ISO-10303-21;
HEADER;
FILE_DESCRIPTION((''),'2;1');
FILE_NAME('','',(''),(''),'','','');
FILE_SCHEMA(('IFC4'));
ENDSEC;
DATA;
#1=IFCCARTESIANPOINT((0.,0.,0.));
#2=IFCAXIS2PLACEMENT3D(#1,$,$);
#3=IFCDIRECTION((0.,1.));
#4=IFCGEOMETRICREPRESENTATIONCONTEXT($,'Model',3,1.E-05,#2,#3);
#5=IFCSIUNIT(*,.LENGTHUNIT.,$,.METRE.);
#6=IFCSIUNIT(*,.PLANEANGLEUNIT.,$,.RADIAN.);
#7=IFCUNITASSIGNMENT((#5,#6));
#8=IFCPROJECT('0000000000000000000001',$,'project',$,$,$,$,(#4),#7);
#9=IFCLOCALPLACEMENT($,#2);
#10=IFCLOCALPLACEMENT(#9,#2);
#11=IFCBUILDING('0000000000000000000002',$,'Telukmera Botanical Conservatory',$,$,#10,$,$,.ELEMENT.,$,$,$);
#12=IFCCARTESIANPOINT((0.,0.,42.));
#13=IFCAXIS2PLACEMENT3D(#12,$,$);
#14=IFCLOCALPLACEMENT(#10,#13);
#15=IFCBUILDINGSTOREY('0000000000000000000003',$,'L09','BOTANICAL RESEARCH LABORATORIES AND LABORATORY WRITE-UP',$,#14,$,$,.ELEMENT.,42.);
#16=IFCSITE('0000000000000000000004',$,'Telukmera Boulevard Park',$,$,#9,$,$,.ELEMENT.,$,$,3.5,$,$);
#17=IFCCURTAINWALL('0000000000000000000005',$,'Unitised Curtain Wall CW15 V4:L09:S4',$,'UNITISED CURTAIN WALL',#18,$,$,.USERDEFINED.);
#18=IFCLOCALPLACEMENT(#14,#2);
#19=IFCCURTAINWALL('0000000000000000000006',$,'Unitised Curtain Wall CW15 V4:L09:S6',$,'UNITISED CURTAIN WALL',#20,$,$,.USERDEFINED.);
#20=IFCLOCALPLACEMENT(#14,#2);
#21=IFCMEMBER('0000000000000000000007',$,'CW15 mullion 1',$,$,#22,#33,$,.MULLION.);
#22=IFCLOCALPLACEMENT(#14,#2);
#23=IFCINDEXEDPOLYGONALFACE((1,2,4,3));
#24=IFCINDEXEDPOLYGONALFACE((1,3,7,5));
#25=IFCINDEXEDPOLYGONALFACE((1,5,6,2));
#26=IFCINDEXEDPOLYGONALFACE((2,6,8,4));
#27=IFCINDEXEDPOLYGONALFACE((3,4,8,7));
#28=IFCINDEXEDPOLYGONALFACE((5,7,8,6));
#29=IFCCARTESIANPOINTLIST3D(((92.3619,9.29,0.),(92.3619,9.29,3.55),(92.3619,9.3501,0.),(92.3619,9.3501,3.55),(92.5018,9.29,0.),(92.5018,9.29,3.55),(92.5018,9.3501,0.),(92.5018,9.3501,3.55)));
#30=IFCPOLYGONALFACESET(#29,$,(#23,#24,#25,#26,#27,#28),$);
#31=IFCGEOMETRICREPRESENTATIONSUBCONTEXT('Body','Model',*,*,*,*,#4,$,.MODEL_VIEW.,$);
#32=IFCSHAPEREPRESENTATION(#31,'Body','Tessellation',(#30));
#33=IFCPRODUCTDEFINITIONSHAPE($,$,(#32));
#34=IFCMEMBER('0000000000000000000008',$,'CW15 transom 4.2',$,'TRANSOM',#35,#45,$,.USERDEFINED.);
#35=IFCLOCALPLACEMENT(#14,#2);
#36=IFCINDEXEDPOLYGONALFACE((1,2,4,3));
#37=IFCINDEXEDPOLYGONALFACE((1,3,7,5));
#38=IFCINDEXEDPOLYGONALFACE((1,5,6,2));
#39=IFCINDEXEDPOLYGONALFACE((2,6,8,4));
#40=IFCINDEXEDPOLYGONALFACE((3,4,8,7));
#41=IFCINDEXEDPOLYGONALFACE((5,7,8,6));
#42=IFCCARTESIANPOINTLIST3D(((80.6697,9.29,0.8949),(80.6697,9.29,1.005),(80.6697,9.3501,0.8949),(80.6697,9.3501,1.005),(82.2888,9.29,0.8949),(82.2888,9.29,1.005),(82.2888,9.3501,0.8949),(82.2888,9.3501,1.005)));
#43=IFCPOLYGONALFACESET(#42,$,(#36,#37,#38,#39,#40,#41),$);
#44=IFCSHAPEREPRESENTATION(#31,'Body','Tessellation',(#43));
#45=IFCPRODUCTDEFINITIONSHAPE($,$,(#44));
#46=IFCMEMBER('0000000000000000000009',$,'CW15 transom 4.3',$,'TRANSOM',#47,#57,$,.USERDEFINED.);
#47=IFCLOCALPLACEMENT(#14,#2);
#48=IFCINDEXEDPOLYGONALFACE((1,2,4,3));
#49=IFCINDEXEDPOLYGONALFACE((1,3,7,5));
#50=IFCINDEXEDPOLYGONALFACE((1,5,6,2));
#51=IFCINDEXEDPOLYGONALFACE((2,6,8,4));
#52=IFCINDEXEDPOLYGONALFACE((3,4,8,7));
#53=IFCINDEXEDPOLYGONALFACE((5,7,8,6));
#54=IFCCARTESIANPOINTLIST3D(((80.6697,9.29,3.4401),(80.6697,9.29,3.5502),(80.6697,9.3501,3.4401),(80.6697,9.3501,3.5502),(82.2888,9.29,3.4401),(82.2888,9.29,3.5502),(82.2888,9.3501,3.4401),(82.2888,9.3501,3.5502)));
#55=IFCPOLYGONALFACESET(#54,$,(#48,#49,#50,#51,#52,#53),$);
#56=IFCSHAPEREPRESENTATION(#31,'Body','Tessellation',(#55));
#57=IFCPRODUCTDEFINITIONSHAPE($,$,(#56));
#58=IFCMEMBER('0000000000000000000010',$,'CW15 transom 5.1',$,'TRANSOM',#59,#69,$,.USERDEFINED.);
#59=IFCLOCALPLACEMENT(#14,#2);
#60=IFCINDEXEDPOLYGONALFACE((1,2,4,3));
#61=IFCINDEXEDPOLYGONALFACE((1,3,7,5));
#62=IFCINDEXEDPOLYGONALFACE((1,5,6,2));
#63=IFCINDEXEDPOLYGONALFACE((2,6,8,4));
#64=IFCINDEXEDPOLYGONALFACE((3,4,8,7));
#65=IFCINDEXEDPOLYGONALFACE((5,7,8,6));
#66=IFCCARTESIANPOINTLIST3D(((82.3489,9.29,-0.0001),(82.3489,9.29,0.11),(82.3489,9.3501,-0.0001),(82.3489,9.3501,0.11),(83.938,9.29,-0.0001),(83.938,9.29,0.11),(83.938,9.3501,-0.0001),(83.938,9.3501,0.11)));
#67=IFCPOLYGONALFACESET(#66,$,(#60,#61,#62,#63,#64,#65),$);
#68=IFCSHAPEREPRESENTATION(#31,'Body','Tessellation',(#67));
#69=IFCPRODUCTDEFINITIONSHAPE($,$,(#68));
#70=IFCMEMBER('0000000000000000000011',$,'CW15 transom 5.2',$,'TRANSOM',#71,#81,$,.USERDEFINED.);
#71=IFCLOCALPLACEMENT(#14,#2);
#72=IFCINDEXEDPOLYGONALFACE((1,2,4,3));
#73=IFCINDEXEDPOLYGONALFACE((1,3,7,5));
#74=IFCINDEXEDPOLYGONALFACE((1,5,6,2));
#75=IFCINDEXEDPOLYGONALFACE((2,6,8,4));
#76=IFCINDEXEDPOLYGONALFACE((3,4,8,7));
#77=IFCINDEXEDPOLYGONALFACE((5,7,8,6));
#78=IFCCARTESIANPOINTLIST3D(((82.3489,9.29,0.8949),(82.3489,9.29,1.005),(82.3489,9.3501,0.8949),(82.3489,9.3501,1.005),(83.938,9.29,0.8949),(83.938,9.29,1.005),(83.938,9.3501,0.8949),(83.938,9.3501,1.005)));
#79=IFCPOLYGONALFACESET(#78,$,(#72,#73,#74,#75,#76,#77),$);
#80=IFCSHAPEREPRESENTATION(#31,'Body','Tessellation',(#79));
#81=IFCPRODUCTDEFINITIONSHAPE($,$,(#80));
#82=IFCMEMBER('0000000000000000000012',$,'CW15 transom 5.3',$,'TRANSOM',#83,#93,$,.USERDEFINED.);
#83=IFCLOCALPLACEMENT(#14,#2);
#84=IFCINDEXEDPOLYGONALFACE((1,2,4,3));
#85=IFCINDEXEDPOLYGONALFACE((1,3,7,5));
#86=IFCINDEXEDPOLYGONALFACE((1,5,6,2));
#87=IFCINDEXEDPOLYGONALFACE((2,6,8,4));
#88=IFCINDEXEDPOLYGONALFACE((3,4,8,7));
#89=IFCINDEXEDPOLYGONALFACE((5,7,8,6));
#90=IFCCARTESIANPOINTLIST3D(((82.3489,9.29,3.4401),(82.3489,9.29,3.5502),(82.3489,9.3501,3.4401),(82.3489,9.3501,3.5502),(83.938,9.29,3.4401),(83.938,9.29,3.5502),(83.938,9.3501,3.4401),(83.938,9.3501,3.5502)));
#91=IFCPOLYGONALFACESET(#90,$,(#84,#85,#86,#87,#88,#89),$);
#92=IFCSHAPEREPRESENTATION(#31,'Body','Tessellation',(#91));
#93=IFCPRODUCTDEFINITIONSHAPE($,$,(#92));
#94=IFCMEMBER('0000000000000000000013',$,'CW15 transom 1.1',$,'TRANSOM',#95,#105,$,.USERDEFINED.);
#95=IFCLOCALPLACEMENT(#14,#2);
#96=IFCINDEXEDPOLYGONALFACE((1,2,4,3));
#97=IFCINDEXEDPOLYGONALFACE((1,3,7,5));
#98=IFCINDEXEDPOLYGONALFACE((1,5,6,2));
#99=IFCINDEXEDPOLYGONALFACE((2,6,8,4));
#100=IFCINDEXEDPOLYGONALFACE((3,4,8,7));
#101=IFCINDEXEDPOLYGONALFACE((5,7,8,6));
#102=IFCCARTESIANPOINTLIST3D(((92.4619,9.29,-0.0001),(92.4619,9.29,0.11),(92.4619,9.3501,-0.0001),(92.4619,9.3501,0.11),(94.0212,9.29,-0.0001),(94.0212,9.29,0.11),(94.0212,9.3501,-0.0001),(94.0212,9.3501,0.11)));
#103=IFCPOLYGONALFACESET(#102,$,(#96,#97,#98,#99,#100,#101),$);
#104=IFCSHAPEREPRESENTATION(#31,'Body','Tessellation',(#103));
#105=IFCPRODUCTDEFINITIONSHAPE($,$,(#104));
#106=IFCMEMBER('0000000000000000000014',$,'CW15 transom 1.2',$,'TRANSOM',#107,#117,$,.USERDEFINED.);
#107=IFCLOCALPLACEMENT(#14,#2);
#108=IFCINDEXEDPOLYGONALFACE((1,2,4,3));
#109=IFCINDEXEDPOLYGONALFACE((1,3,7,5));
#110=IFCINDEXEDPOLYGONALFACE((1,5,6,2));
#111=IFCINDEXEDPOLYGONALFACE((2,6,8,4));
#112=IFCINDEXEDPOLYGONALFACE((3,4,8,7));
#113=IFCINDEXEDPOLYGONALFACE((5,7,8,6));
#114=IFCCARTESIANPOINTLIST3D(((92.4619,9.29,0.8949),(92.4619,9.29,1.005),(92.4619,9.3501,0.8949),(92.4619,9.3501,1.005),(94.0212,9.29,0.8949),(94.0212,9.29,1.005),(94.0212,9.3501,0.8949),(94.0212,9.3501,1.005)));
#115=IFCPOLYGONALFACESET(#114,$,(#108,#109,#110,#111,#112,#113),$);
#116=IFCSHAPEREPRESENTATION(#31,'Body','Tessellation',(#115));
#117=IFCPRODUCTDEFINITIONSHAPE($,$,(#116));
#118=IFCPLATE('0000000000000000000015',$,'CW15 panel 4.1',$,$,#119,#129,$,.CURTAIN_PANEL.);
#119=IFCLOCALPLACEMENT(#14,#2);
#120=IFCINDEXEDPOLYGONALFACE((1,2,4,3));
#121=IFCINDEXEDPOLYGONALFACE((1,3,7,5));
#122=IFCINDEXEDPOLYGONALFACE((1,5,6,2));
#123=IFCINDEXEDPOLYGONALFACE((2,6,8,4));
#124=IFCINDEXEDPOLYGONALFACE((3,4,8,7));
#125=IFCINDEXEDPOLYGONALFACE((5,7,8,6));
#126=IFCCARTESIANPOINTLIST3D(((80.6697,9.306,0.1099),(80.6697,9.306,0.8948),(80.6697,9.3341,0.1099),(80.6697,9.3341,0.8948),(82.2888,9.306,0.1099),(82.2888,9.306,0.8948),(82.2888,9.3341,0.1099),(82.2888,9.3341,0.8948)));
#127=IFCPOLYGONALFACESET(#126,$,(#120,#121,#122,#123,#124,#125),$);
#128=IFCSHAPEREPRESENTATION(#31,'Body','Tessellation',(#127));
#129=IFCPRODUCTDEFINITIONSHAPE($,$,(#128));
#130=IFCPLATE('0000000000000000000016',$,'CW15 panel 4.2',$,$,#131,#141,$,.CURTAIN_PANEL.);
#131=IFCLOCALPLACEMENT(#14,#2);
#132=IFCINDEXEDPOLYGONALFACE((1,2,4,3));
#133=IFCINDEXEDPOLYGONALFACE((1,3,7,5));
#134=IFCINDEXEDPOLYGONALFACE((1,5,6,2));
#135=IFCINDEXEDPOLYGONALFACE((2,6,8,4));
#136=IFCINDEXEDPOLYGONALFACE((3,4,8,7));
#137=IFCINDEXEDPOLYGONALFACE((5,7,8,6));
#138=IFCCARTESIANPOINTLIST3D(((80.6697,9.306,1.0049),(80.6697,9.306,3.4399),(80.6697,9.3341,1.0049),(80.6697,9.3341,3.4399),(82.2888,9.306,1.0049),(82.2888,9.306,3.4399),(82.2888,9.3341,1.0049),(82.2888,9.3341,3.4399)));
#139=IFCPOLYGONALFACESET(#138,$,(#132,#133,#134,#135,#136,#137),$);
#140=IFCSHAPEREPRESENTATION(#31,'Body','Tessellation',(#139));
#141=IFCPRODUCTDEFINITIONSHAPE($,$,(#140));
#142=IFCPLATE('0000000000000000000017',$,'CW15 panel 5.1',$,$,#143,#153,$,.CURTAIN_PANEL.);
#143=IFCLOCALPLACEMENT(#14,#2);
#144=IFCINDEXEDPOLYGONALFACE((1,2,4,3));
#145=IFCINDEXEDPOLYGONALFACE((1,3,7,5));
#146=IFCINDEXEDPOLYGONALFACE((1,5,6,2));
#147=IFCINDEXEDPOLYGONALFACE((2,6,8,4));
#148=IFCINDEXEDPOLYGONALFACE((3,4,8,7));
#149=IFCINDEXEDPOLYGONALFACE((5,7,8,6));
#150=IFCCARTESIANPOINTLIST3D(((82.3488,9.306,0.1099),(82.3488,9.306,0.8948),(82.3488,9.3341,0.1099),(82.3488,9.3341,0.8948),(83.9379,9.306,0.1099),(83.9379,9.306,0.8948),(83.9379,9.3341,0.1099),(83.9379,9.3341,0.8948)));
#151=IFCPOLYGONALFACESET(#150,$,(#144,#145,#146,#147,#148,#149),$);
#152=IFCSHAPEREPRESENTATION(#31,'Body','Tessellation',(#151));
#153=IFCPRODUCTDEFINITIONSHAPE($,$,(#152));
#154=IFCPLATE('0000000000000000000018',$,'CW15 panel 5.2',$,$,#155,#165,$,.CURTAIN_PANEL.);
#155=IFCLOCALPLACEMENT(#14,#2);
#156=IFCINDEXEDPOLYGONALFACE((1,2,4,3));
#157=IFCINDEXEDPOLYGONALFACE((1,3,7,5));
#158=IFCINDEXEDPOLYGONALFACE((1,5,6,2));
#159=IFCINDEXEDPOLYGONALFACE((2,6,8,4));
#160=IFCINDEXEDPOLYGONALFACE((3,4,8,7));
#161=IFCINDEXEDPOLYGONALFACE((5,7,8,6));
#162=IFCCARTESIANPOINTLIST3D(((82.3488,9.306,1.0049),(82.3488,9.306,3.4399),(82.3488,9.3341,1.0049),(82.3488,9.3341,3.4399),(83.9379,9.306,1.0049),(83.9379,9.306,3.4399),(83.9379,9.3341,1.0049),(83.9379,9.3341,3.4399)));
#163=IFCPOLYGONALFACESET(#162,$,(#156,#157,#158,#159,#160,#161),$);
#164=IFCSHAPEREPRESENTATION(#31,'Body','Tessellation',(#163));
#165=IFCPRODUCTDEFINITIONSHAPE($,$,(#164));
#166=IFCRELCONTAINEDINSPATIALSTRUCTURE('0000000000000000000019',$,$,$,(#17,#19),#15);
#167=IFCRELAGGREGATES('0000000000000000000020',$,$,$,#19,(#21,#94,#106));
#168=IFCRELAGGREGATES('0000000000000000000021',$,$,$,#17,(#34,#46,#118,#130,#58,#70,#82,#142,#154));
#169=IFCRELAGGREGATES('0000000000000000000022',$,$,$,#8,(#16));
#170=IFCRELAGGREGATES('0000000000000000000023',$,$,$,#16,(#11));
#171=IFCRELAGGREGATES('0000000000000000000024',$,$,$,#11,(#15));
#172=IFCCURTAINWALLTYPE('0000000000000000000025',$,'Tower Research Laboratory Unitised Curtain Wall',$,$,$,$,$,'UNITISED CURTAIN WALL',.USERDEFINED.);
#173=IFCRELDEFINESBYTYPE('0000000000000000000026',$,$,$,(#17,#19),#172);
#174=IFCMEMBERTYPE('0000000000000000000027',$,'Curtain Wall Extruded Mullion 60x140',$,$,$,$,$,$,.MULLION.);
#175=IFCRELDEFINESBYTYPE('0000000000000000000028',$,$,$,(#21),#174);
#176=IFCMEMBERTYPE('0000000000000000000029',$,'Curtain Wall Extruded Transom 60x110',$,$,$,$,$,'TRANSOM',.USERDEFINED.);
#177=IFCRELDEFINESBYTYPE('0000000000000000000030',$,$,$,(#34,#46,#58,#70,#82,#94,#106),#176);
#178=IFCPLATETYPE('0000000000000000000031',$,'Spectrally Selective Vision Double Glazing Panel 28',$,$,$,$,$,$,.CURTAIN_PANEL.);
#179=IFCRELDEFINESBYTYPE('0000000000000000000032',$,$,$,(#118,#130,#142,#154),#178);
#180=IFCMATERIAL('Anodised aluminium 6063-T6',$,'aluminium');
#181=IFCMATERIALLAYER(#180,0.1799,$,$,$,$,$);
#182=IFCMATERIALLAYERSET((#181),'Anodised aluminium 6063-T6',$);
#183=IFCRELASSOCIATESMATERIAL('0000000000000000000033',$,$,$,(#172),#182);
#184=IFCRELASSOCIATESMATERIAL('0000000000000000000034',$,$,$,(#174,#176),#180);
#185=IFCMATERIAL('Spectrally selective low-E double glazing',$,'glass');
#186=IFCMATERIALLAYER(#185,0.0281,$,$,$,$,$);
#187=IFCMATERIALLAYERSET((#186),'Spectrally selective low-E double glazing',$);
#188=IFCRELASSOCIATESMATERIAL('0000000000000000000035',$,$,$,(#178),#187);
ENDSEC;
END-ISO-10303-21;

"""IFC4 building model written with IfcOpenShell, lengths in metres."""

from ifc_helpers import new_model, si_unit, direction, frame, origin, origin_2d, place, context, subcontext, project, spatial, rectangle, extrude, material, layer, layer_set, material_profile, profile_set, type_object, element, aggregate, save


model = new_model("IFC4")

# Units and contexts
model_context = context("Model", 3, precision=1e-05, world=origin(), true_north=direction((0.0, 1.0)))
body_context = subcontext(model_context, "Body", "Model", "MODEL_VIEW")
ifc_project = project(units=[si_unit("LENGTHUNIT", "METRE"), si_unit("PLANEANGLEUNIT", "RADIAN")], contexts=[model_context])

# Site, building, storey
site_placement = place(None, origin())
site = spatial("IfcSite", under=ifc_project, at=site_placement, Name="Telukmera Boulevard Park", CompositionType="ELEMENT", RefElevation=3.5)
building_placement = place(site_placement, origin())
building = spatial("IfcBuilding", under=site, at=building_placement, Name="Telukmera Botanical Conservatory", CompositionType="ELEMENT")
storey_placement = place(building_placement, frame((0.0, 0.0, 42.0)))
storey = spatial("IfcBuildingStorey", under=building, at=storey_placement, Name="L09", Description="BOTANICAL RESEARCH LABORATORIES AND LABORATORY WRITE-UP", CompositionType="ELEMENT", Elevation=42.0)

# Curtain wall
ifc_material_1 = material(Name="Anodised aluminium 6063-T6", Category="aluminium")
ifc_layer_1 = layer(ifc_material_1, 0.1799)
ifc_layer_set_1 = layer_set([ifc_layer_1], Name="Anodised aluminium 6063-T6")
curtain_wall_type = type_object("IfcCurtainWallType", Name="Tower Research Laboratory Unitised Curtain Wall", ElementType="UNITISED CURTAIN WALL", PredefinedType="USERDEFINED", material=ifc_layer_set_1)
curtain_wall_1_placement = place(storey_placement, origin())
curtain_wall_1 = element("IfcCurtainWall", 1, at=curtain_wall_1_placement, inside=storey, type_object=curtain_wall_type, Name="Unitised Curtain Wall CW15 V4:L09:S4", ObjectType="UNITISED CURTAIN WALL", PredefinedType="USERDEFINED")
ifc_material_profile_1 = material_profile(ifc_material_1, rectangle(XDim=0.0601, YDim=0.1399, at=origin_2d()), Name="ALU MULL 60x140")
ifc_profile_set_1 = profile_set([ifc_material_profile_1], Name="Anodised aluminium 6063-T6")
member_type_1 = type_object("IfcMemberType", Name="Curtain Wall Extruded Mullion 60x140", PredefinedType="MULLION", material=ifc_profile_set_1)

# Curtain wall, member
curtain_wall_2_placement = place(storey_placement, origin())
curtain_wall_2 = element("IfcCurtainWall", 2, at=curtain_wall_2_placement, inside=storey, type_object=curtain_wall_type, Name="Unitised Curtain Wall CW15 V4:L09:S6", ObjectType="UNITISED CURTAIN WALL", PredefinedType="USERDEFINED")
member_1_placement = place(storey_placement, frame((92.4319, 9.3201, 0.0), z_axis=(0.0, 0.0, 1.0), x_axis=(0.0, 1.0, 0.0)))
member_1 = element("IfcMember", 3, at=member_1_placement, type_object=member_type_1, Name="CW15 mullion 1", PredefinedType="MULLION", context=body_context, shape_type="SweptSolid", body=[
    extrude(rectangle(XDim=0.0601, YDim=0.1399, at=origin_2d()), origin(), (0.0, 0.0, 1.0), 3.55),
])

# Members
ifc_material_profile_2 = material_profile(ifc_material_1, rectangle(XDim=0.0601, YDim=0.1101, at=origin_2d()), Name="ALU TRAN 60x110")
ifc_profile_set_2 = profile_set([ifc_material_profile_2], Name="Anodised aluminium 6063-T6")
member_type_2 = type_object("IfcMemberType", Name="Curtain Wall Extruded Transom 60x110", ElementType="TRANSOM", PredefinedType="USERDEFINED", material=ifc_profile_set_2)
member_2_placement = place(storey_placement, frame((80.6697, 9.3201, 0.95), z_axis=(1.0, 0.0, 0.0), x_axis=(0.0, 1.0, 0.0)))
member_2 = element("IfcMember", 4, at=member_2_placement, type_object=member_type_2, Name="CW15 transom 4.2", ObjectType="TRANSOM", PredefinedType="USERDEFINED", context=body_context, shape_type="SweptSolid", body=[
    extrude(rectangle(XDim=0.0601, YDim=0.1101, at=origin_2d()), origin(), (0.0, 0.0, 1.0), 1.6191),
])
member_3_placement = place(storey_placement, frame((80.6697, 9.3201, 3.4951), z_axis=(1.0, 0.0, 0.0), x_axis=(0.0, 1.0, 0.0)))
member_3 = element("IfcMember", 5, at=member_3_placement, type_object=member_type_2, Name="CW15 transom 4.3", ObjectType="TRANSOM", PredefinedType="USERDEFINED", context=body_context, shape_type="SweptSolid", body=[
    extrude(rectangle(XDim=0.0601, YDim=0.1101, at=origin_2d()), origin(), (0.0, 0.0, 1.0), 1.6191),
])
member_4_placement = place(storey_placement, frame((82.3489, 9.3201, 0.0549), z_axis=(1.0, 0.0, 0.0), x_axis=(0.0, 1.0, 0.0)))
member_4 = element("IfcMember", 6, at=member_4_placement, type_object=member_type_2, Name="CW15 transom 5.1", ObjectType="TRANSOM", PredefinedType="USERDEFINED", context=body_context, shape_type="SweptSolid", body=[
    extrude(rectangle(XDim=0.0601, YDim=0.1101, at=origin_2d()), origin(), (0.0, 0.0, 1.0), 1.5891),
])
member_5_placement = place(storey_placement, frame((82.3489, 9.3201, 0.95), z_axis=(1.0, 0.0, 0.0), x_axis=(0.0, 1.0, 0.0)))
member_5 = element("IfcMember", 7, at=member_5_placement, type_object=member_type_2, Name="CW15 transom 5.2", ObjectType="TRANSOM", PredefinedType="USERDEFINED", context=body_context, shape_type="SweptSolid", body=[
    extrude(rectangle(XDim=0.0601, YDim=0.1101, at=origin_2d()), origin(), (0.0, 0.0, 1.0), 1.5891),
])
member_6_placement = place(storey_placement, frame((82.3489, 9.3201, 3.4951), z_axis=(1.0, 0.0, 0.0), x_axis=(0.0, 1.0, 0.0)))
member_6 = element("IfcMember", 8, at=member_6_placement, type_object=member_type_2, Name="CW15 transom 5.3", ObjectType="TRANSOM", PredefinedType="USERDEFINED", context=body_context, shape_type="SweptSolid", body=[
    extrude(rectangle(XDim=0.0601, YDim=0.1101, at=origin_2d()), origin(), (0.0, 0.0, 1.0), 1.5891),
])
member_7_placement = place(storey_placement, frame((92.4619, 9.3201, 0.0549), z_axis=(1.0, 0.0, 0.0), x_axis=(0.0, 1.0, 0.0)))
member_7 = element("IfcMember", 9, at=member_7_placement, type_object=member_type_2, Name="CW15 transom 1.1", ObjectType="TRANSOM", PredefinedType="USERDEFINED", context=body_context, shape_type="SweptSolid", body=[
    extrude(rectangle(XDim=0.0601, YDim=0.1101, at=origin_2d()), origin(), (0.0, 0.0, 1.0), 1.5593),
])
member_8_placement = place(storey_placement, frame((92.4619, 9.3201, 0.95), z_axis=(1.0, 0.0, 0.0), x_axis=(0.0, 1.0, 0.0)))
member_8 = element("IfcMember", 10, at=member_8_placement, type_object=member_type_2, Name="CW15 transom 1.2", ObjectType="TRANSOM", PredefinedType="USERDEFINED", context=body_context, shape_type="SweptSolid", body=[
    extrude(rectangle(XDim=0.0601, YDim=0.1101, at=origin_2d()), origin(), (0.0, 0.0, 1.0), 1.5593),
])
aggregate(curtain_wall_2, [member_1, member_7, member_8])

# Plates
ifc_material_2 = material(Name="Spectrally selective low-E double glazing", Category="glass")
ifc_layer_2 = layer(ifc_material_2, 0.0281)
ifc_layer_set_2 = layer_set([ifc_layer_2], Name="Spectrally selective low-E double glazing")
plate_type = type_object("IfcPlateType", Name="Spectrally Selective Vision Double Glazing Panel 28", PredefinedType="CURTAIN_PANEL", material=ifc_layer_set_2)
plate_1_placement = place(storey_placement, frame((81.4792, 9.3201, 0.1099), z_axis=(0.0, 0.0, 1.0), x_axis=(1.0, 0.0, 0.0)))
plate_1 = element("IfcPlate", 11, at=plate_1_placement, type_object=plate_type, Name="CW15 panel 4.1", PredefinedType="CURTAIN_PANEL", context=body_context, shape_type="SweptSolid", body=[
    extrude(rectangle(XDim=1.6191, YDim=0.0281, at=origin_2d()), origin(), (0.0, 0.0, 1.0), 0.7849),
])
plate_2_placement = place(storey_placement, frame((81.4792, 9.3201, 1.0049), z_axis=(0.0, 0.0, 1.0), x_axis=(1.0, 0.0, 0.0)))
plate_2 = element("IfcPlate", 12, at=plate_2_placement, type_object=plate_type, Name="CW15 panel 4.2", PredefinedType="CURTAIN_PANEL", context=body_context, shape_type="SweptSolid", body=[
    extrude(rectangle(XDim=1.6191, YDim=0.0281, at=origin_2d()), origin(), (0.0, 0.0, 1.0), 2.4351),
])
plate_3_placement = place(storey_placement, frame((83.1433, 9.3201, 0.1099), z_axis=(0.0, 0.0, 1.0), x_axis=(1.0, 0.0, 0.0)))
plate_3 = element("IfcPlate", 13, at=plate_3_placement, type_object=plate_type, Name="CW15 panel 5.1", PredefinedType="CURTAIN_PANEL", context=body_context, shape_type="SweptSolid", body=[
    extrude(rectangle(XDim=1.5891, YDim=0.0281, at=origin_2d()), origin(), (0.0, 0.0, 1.0), 0.7849),
])
plate_4_placement = place(storey_placement, frame((83.1433, 9.3201, 1.0049), z_axis=(0.0, 0.0, 1.0), x_axis=(1.0, 0.0, 0.0)))
plate_4 = element("IfcPlate", 14, at=plate_4_placement, type_object=plate_type, Name="CW15 panel 5.2", PredefinedType="CURTAIN_PANEL", context=body_context, shape_type="SweptSolid", body=[
    extrude(rectangle(XDim=1.5891, YDim=0.0281, at=origin_2d()), origin(), (0.0, 0.0, 1.0), 2.4351),
])
aggregate(curtain_wall_1, [member_2, member_3, plate_1, plate_2, member_4, member_5, member_6, plate_3, plate_4])

save(model, "model.ifc")
